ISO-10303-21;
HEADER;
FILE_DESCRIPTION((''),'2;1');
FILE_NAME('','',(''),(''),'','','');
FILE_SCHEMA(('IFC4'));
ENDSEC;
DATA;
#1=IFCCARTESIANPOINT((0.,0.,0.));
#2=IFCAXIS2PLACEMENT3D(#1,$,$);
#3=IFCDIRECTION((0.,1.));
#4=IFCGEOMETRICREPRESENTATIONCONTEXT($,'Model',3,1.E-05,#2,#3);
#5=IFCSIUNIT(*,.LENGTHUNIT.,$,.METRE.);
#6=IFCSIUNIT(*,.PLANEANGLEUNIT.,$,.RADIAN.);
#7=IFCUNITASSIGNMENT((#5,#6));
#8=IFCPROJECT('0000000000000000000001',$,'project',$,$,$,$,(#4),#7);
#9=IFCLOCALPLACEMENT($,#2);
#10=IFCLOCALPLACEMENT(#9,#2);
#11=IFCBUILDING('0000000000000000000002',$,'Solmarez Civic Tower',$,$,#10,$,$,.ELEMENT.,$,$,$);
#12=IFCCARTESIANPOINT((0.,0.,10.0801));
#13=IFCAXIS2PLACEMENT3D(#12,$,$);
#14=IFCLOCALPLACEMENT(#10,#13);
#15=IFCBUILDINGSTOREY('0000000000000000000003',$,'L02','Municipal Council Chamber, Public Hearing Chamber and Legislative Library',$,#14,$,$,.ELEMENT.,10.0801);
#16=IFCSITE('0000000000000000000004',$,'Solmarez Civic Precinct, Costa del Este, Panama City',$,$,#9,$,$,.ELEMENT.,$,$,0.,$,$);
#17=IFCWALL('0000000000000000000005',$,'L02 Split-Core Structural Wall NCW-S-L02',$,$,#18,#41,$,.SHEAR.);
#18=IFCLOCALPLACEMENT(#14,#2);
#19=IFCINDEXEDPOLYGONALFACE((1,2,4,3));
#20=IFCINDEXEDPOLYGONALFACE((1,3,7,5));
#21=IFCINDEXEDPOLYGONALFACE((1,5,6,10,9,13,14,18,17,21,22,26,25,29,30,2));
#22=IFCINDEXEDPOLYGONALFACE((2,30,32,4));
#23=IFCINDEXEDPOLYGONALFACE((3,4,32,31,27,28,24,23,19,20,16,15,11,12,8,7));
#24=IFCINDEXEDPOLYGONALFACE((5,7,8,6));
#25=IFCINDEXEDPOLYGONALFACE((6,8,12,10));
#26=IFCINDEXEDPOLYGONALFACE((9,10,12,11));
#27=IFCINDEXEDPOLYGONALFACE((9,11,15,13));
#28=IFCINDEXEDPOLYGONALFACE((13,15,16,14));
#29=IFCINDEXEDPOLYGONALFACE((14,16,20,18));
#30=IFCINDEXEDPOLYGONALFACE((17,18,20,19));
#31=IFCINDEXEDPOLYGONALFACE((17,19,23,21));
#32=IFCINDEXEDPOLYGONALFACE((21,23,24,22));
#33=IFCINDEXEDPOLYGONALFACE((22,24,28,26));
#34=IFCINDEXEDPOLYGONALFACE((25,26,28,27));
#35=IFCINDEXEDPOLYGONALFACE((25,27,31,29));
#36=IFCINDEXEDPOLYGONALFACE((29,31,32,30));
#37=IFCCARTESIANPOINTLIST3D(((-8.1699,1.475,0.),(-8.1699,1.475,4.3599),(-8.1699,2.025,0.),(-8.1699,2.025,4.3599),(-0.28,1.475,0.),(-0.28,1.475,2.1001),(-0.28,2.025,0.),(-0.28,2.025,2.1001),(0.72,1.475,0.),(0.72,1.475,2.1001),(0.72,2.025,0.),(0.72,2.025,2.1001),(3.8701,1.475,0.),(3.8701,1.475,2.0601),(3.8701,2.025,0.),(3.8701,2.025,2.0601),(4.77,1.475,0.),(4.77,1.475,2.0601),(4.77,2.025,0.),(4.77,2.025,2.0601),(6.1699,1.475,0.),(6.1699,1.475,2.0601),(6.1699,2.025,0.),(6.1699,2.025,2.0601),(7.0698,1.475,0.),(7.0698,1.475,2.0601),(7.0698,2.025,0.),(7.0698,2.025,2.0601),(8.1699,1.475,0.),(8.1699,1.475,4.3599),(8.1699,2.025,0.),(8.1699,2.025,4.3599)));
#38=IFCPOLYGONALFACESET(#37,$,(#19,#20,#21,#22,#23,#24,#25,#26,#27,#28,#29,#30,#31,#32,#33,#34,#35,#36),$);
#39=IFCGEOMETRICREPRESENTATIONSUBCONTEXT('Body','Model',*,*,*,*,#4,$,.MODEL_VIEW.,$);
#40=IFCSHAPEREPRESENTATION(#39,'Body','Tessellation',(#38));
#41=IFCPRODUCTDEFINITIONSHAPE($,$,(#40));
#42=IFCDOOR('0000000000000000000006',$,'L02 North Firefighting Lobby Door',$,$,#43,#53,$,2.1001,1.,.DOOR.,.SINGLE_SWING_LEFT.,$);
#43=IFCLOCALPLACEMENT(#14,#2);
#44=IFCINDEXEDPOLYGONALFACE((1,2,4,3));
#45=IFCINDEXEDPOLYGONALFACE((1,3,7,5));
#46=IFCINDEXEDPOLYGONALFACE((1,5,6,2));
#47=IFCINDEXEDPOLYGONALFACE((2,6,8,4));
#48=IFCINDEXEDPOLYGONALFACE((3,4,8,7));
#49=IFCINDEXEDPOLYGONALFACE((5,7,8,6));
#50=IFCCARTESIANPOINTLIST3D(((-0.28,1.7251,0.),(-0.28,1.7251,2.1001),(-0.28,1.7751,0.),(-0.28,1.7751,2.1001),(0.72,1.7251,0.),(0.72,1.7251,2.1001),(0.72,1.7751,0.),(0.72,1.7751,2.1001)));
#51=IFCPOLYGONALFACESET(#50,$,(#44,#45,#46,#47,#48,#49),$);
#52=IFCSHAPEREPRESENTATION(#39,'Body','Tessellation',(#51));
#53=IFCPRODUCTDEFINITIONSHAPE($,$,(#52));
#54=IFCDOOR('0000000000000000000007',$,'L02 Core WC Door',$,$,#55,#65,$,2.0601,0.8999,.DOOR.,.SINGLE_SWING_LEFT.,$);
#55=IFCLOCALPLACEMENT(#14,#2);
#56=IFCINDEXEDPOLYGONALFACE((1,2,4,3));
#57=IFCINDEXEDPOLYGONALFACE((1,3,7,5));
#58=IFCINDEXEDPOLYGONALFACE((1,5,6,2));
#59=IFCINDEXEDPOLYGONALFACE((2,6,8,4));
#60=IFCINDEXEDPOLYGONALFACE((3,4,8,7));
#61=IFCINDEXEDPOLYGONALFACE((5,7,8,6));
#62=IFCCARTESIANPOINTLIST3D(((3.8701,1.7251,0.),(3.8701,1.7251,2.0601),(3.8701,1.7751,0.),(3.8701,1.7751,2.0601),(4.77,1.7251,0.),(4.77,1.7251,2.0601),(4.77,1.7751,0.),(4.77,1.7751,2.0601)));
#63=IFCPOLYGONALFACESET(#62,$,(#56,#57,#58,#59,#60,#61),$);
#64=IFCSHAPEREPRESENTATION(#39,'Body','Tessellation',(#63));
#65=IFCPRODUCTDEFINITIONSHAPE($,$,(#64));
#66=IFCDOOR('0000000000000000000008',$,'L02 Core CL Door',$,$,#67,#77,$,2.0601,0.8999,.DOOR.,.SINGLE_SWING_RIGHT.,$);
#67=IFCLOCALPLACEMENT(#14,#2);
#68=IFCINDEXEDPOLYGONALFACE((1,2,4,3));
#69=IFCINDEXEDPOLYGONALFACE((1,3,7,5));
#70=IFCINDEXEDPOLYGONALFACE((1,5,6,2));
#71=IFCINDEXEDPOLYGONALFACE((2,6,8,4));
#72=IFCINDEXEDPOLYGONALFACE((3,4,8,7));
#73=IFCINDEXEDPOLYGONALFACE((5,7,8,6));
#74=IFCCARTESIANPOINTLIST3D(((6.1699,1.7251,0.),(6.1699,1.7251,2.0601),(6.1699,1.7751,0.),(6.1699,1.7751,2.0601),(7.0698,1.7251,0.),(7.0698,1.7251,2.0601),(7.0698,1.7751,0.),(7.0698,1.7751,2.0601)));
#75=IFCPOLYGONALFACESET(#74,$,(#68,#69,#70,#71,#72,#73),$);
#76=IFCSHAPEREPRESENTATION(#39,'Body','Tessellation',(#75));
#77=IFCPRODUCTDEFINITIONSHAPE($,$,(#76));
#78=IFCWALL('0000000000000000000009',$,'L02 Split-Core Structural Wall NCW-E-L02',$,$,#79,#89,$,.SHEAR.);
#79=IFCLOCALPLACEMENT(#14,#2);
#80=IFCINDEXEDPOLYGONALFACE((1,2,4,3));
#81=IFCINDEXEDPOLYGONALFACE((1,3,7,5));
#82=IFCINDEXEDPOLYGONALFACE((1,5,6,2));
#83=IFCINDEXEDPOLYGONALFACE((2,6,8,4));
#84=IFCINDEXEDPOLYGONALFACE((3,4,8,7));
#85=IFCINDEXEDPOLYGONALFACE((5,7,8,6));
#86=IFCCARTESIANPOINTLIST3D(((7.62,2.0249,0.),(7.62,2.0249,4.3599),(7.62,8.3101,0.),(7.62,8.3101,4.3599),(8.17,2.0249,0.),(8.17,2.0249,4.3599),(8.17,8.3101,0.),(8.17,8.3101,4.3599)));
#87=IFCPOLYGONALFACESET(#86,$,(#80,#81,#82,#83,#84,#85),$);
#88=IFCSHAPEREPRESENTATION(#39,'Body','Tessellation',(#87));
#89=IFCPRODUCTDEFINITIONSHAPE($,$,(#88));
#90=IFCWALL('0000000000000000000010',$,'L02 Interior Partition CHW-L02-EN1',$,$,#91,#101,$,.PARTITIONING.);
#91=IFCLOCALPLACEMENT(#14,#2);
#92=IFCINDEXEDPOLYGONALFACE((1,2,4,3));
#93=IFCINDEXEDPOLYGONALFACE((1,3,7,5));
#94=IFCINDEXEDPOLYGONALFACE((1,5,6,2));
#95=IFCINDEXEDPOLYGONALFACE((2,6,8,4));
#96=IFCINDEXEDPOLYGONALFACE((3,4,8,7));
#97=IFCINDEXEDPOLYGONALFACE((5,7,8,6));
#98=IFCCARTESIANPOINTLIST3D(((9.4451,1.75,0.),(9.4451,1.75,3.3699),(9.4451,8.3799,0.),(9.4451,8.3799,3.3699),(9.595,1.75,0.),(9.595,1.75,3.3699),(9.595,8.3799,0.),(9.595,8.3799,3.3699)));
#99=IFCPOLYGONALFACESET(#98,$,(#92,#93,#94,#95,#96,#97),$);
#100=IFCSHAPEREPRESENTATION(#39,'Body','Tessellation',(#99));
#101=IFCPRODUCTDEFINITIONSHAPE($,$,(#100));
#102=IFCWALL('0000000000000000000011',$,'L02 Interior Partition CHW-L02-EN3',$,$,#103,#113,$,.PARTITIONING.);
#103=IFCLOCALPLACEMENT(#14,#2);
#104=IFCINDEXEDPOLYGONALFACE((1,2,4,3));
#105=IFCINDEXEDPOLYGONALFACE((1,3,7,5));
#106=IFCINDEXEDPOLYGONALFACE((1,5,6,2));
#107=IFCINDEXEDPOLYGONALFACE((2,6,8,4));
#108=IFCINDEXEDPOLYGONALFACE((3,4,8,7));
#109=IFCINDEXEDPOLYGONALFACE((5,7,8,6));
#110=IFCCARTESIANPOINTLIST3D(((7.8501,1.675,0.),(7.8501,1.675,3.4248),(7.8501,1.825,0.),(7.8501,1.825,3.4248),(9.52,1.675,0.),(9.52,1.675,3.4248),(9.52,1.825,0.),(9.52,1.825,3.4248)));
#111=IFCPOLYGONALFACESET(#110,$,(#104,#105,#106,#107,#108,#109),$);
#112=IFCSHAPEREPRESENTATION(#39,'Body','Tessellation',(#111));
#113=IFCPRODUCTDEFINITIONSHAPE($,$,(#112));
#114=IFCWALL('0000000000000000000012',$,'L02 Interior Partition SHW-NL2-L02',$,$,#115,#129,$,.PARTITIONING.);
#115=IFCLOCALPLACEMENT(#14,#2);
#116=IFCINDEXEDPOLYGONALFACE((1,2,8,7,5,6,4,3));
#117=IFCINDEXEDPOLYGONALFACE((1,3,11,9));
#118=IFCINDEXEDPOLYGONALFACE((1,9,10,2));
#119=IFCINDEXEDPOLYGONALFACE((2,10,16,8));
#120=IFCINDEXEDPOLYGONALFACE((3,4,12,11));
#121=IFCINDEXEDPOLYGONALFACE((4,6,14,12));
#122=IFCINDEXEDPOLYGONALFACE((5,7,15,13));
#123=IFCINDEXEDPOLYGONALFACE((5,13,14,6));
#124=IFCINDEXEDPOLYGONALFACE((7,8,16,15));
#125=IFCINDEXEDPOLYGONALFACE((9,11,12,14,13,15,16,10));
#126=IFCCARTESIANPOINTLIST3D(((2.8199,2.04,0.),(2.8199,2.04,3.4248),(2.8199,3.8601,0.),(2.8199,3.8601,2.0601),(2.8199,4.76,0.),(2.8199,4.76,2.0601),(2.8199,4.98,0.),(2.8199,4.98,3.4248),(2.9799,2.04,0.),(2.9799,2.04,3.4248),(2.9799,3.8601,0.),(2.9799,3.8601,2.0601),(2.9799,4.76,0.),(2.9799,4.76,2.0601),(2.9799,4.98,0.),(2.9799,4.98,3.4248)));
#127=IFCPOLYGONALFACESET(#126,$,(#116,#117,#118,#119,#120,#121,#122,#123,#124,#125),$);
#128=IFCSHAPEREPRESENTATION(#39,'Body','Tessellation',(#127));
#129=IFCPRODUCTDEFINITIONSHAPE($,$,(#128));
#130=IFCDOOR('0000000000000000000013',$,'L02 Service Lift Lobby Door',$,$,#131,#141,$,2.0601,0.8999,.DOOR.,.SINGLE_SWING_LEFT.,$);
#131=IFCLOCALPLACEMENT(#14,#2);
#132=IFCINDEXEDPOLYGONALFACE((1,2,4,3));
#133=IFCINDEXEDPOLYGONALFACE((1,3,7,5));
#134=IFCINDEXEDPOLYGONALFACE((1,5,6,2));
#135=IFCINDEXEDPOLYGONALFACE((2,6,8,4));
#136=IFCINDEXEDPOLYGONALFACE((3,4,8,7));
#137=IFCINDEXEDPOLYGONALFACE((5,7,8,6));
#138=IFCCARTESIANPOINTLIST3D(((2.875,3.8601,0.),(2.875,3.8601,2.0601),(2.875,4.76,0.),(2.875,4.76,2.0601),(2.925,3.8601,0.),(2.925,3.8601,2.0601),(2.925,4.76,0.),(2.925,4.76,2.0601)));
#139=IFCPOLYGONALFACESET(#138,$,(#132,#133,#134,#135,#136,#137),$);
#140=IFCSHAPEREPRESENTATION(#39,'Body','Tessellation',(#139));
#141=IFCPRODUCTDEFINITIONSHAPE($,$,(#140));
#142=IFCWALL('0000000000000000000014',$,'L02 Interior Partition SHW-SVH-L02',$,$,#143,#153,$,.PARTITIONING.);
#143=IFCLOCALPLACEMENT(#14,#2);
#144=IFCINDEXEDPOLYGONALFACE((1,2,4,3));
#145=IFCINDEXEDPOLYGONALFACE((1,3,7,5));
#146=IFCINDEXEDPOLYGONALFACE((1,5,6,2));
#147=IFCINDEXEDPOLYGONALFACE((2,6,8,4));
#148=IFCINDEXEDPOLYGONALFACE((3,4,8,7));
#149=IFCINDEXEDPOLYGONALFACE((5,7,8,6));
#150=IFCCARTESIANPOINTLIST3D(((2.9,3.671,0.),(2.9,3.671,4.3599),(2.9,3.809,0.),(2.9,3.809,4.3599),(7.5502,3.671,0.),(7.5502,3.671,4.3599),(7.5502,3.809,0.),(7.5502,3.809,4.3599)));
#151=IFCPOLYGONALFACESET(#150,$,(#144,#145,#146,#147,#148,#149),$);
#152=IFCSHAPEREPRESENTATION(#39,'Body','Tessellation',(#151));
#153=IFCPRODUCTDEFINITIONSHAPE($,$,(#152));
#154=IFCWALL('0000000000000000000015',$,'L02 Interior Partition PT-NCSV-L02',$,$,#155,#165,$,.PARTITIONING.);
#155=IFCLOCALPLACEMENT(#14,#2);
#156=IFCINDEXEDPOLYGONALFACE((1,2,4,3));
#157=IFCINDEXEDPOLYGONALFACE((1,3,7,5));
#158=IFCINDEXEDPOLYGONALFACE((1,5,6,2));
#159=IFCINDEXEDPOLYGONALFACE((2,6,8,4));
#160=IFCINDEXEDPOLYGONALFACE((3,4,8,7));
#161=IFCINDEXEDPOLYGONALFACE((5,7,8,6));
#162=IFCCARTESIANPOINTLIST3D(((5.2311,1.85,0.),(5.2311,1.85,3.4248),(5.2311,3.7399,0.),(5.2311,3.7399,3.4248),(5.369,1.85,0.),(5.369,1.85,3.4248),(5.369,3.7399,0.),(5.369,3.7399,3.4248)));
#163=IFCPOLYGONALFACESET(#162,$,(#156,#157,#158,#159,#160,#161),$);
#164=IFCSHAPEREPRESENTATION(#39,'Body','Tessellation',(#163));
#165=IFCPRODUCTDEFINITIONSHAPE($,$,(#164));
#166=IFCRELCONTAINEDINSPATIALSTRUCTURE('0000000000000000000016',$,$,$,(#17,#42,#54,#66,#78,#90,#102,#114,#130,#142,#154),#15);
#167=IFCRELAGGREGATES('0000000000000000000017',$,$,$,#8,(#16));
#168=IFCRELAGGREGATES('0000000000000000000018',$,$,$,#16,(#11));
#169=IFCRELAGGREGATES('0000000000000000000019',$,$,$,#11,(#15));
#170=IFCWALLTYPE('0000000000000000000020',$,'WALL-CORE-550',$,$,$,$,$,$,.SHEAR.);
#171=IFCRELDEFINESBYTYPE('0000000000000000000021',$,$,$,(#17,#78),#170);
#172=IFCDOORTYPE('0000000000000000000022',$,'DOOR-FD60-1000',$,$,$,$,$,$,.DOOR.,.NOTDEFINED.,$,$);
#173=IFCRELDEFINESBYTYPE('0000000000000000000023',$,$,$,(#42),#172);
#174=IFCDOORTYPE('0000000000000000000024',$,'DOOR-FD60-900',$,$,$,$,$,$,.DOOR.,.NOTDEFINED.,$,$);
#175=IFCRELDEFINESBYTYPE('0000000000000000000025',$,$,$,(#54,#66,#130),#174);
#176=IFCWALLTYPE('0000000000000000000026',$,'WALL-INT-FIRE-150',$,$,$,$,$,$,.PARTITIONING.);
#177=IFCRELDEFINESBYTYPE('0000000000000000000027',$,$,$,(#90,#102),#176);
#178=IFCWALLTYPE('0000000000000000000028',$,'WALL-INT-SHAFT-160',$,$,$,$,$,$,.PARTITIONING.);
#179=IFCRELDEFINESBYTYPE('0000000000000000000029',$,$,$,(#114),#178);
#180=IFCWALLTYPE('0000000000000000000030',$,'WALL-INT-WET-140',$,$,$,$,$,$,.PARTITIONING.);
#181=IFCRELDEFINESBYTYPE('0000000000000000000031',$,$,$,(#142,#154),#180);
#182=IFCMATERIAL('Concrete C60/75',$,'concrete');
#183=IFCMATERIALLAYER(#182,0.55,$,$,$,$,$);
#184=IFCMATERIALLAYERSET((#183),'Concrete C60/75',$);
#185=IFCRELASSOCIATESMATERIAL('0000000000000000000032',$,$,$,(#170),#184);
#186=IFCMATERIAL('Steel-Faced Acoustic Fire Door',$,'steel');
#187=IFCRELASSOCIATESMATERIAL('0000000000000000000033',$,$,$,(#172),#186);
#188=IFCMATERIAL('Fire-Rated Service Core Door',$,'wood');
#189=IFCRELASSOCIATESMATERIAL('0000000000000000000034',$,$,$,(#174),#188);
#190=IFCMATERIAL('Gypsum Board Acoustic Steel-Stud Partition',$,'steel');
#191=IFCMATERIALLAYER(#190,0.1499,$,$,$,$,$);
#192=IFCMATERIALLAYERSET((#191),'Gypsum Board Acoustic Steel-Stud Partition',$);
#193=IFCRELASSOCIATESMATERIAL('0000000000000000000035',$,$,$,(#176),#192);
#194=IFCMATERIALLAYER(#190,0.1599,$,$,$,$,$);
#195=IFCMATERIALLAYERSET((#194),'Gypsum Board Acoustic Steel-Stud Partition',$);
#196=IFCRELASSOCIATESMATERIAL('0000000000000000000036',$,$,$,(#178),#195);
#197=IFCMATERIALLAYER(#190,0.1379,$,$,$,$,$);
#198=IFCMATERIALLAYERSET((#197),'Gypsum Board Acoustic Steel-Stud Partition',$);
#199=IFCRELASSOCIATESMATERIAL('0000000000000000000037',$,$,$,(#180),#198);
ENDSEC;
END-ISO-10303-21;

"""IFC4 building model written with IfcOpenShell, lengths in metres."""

from ifc_helpers import new_model, si_unit, direction, frame, frame_2d, origin, place, context, subcontext, project, spatial, rectangle, extrude, material, layer, layer_set, type_object, element, fill, save


model = new_model("IFC4")

# Units and contexts
model_context = context("Model", 3, precision=1e-05, world=origin(), true_north=direction((0.0, 1.0)))
body_context = subcontext(model_context, "Body", "Model", "MODEL_VIEW")
ifc_project = project(units=[si_unit("LENGTHUNIT", "METRE"), si_unit("PLANEANGLEUNIT", "RADIAN")], contexts=[model_context])

# Site, building, storey
site_placement = place(None, origin())
site = spatial("IfcSite", under=ifc_project, at=site_placement, Name="Solmarez Civic Precinct, Costa del Este, Panama City", CompositionType="ELEMENT", RefElevation=0.0)
building_placement = place(site_placement, origin())
building = spatial("IfcBuilding", under=site, at=building_placement, Name="Solmarez Civic Tower", CompositionType="ELEMENT")
storey_placement = place(building_placement, frame((0.0, 0.0, 10.0801)))
storey = spatial("IfcBuildingStorey", under=building, at=storey_placement, Name="L02", Description="Municipal Council Chamber, Public Hearing Chamber and Legislative Library", CompositionType="ELEMENT", Elevation=10.0801)

# Shared definitions
ifc_material_1 = material(Name="Concrete C60/75", Category="concrete")

# Wall, openings, doors
ifc_layer_1 = layer(ifc_material_1, 0.55)
ifc_layer_set_1 = layer_set([ifc_layer_1], Name="Concrete C60/75")
wall_type_1 = type_object("IfcWallType", Name="WALL-CORE-550", PredefinedType="SHEAR", material=ifc_layer_set_1)
wall_1_placement = place(storey_placement, frame((8.1699, 1.75, 0.0), z_axis=(0.0, 0.0, 1.0), x_axis=(-1.0, 0.0, 0.0)))
wall_1 = element("IfcWall", 1, at=wall_1_placement, inside=storey, type_object=wall_type_1, Name="L02 Split-Core Structural Wall NCW-S-L02", PredefinedType="SHEAR", context=body_context, shape_type="SweptSolid", body=[
    extrude(rectangle(XDim=16.3398, YDim=0.55, at=frame_2d((8.1699, 0.0))), origin(), (0.0, 0.0, 1.0), 4.3599),
])
opening_1_placement = place(wall_1_placement, frame((7.45, 0.0, 0.0)))
opening_1 = element("IfcOpeningElement", 2, at=opening_1_placement, cuts=wall_1, PredefinedType="OPENING", context=body_context, shape_type="SweptSolid", body=[
    extrude(rectangle(XDim=1.0, YDim=2.1001, at=frame_2d((0.5, 1.05))), frame((0.0, 0.2849, 0.0), z_axis=(0.0, -1.0, 0.0), x_axis=(1.0, 0.0, 0.0)), (0.0, 0.0, 1.0), 0.5701),
])
opening_2_placement = place(wall_1_placement, frame((3.3999, 0.0, 0.0)))
opening_2 = element("IfcOpeningElement", 3, at=opening_2_placement, cuts=wall_1, PredefinedType="OPENING", context=body_context, shape_type="SweptSolid", body=[
    extrude(rectangle(XDim=0.8999, YDim=2.0601, at=frame_2d((0.45, 1.03))), frame((0.0, 0.2849, 0.0), z_axis=(0.0, -1.0, 0.0), x_axis=(1.0, 0.0, 0.0)), (0.0, 0.0, 1.0), 0.5701),
])
opening_3_placement = place(wall_1_placement, frame((1.1001, 0.0, 0.0)))
opening_3 = element("IfcOpeningElement", 4, at=opening_3_placement, cuts=wall_1, PredefinedType="OPENING", context=body_context, shape_type="SweptSolid", body=[
    extrude(rectangle(XDim=0.8999, YDim=2.0601, at=frame_2d((0.45, 1.03))), frame((0.0, 0.2849, 0.0), z_axis=(0.0, -1.0, 0.0), x_axis=(1.0, 0.0, 0.0)), (0.0, 0.0, 1.0), 0.5701),
])
ifc_material_2 = material(Name="Steel-Faced Acoustic Fire Door", Category="steel")
door_type_1 = type_object("IfcDoorType", Name="DOOR-FD60-1000", OperationType="NOTDEFINED", PredefinedType="DOOR", material=ifc_material_2)
door_1_placement = place(opening_1_placement, origin())
door_1 = element("IfcDoor", 5, at=door_1_placement, inside=storey, type_object=door_type_1, Name="L02 North Firefighting Lobby Door", OperationType="SINGLE_SWING_LEFT", OverallHeight=2.1001, OverallWidth=1.0, PredefinedType="DOOR", context=body_context, shape_type="SweptSolid", body=[
    extrude(rectangle(XDim=1.0, YDim=2.1001, at=frame_2d((0.5, 1.05))), frame((0.0, 0.0249, 0.0), z_axis=(0.0, -1.0, 0.0), x_axis=(1.0, 0.0, 0.0)), (0.0, 0.0, 1.0), 0.05),
])
fill(opening_1, door_1)
ifc_material_3 = material(Name="Fire-Rated Service Core Door", Category="wood")
door_type_2 = type_object("IfcDoorType", Name="DOOR-FD60-900", OperationType="NOTDEFINED", PredefinedType="DOOR", material=ifc_material_3)
door_2_placement = place(opening_2_placement, origin())
door_2 = element("IfcDoor", 6, at=door_2_placement, inside=storey, type_object=door_type_2, Name="L02 Core WC Door", OperationType="SINGLE_SWING_LEFT", OverallHeight=2.0601, OverallWidth=0.8999, PredefinedType="DOOR", context=body_context, shape_type="SweptSolid", body=[
    extrude(rectangle(XDim=0.8999, YDim=2.0601, at=frame_2d((0.45, 1.03))), frame((0.0, 0.0249, 0.0), z_axis=(0.0, -1.0, 0.0), x_axis=(1.0, 0.0, 0.0)), (0.0, 0.0, 1.0), 0.05),
])
fill(opening_2, door_2)
door_3_placement = place(opening_3_placement, origin())
door_3 = element("IfcDoor", 7, at=door_3_placement, inside=storey, type_object=door_type_2, Name="L02 Core CL Door", OperationType="SINGLE_SWING_RIGHT", OverallHeight=2.0601, OverallWidth=0.8999, PredefinedType="DOOR", context=body_context, shape_type="SweptSolid", body=[
    extrude(rectangle(XDim=0.8999, YDim=2.0601, at=frame_2d((0.45, 1.03))), frame((0.0, 0.0249, 0.0), z_axis=(0.0, -1.0, 0.0), x_axis=(1.0, 0.0, 0.0)), (0.0, 0.0, 1.0), 0.05),
])
fill(opening_3, door_3)

# Walls
wall_2_placement = place(storey_placement, frame((7.895, 8.3101, 0.0), z_axis=(0.0, 0.0, 1.0), x_axis=(0.0, -1.0, 0.0)))
element("IfcWall", 8, at=wall_2_placement, inside=storey, type_object=wall_type_1, Name="L02 Split-Core Structural Wall NCW-E-L02", PredefinedType="SHEAR", context=body_context, shape_type="SweptSolid", body=[
    extrude(rectangle(XDim=6.2852, YDim=0.55, at=frame_2d((3.1426, 0.0))), origin(), (0.0, 0.0, 1.0), 4.3599),
])
ifc_material_4 = material(Name="Gypsum Board Acoustic Steel-Stud Partition", Category="steel")
ifc_layer_2 = layer(ifc_material_4, 0.1499)
ifc_layer_set_2 = layer_set([ifc_layer_2], Name="Gypsum Board Acoustic Steel-Stud Partition")
wall_type_2 = type_object("IfcWallType", Name="WALL-INT-FIRE-150", PredefinedType="PARTITIONING", material=ifc_layer_set_2)
wall_3_placement = place(storey_placement, frame((9.52, 1.75, 0.0), z_axis=(0.0, 0.0, 1.0), x_axis=(0.0, 1.0, 0.0)))
element("IfcWall", 9, at=wall_3_placement, inside=storey, type_object=wall_type_2, Name="L02 Interior Partition CHW-L02-EN1", PredefinedType="PARTITIONING", context=body_context, shape_type="SweptSolid", body=[
    extrude(rectangle(XDim=6.6299, YDim=0.1499, at=frame_2d((3.3149, 0.0))), origin(), (0.0, 0.0, 1.0), 3.3699),
])
wall_4_placement = place(storey_placement, frame((7.8501, 1.75, 0.0), z_axis=(0.0, 0.0, 1.0), x_axis=(1.0, 0.0, 0.0)))
element("IfcWall", 10, at=wall_4_placement, inside=storey, type_object=wall_type_2, Name="L02 Interior Partition CHW-L02-EN3", PredefinedType="PARTITIONING", context=body_context, shape_type="SweptSolid", body=[
    extrude(rectangle(XDim=1.6699, YDim=0.1499, at=frame_2d((0.835, 0.0))), origin(), (0.0, 0.0, 1.0), 3.4248),
])

# Wall, opening, door
ifc_layer_3 = layer(ifc_material_4, 0.1599)
ifc_layer_set_3 = layer_set([ifc_layer_3], Name="Gypsum Board Acoustic Steel-Stud Partition")
wall_type_3 = type_object("IfcWallType", Name="WALL-INT-SHAFT-160", PredefinedType="PARTITIONING", material=ifc_layer_set_3)
wall_5_placement = place(storey_placement, frame((2.8999, 2.04, 0.0), z_axis=(0.0, 0.0, 1.0), x_axis=(0.0, 1.0, 0.0)))
wall_5 = element("IfcWall", 11, at=wall_5_placement, inside=storey, type_object=wall_type_3, Name="L02 Interior Partition SHW-NL2-L02", PredefinedType="PARTITIONING", context=body_context, shape_type="SweptSolid", body=[
    extrude(rectangle(XDim=2.9399, YDim=0.1599, at=frame_2d((1.47, 0.0))), origin(), (0.0, 0.0, 1.0), 3.4248),
])
opening_4_placement = place(wall_5_placement, frame((1.8201, 0.0, 0.0)))
opening_4 = element("IfcOpeningElement", 12, at=opening_4_placement, cuts=wall_5, PredefinedType="OPENING", context=body_context, shape_type="SweptSolid", body=[
    extrude(rectangle(XDim=0.8999, YDim=2.0601, at=frame_2d((0.45, 1.03))), frame((0.0, 0.0898, 0.0), z_axis=(0.0, -1.0, 0.0), x_axis=(1.0, 0.0, 0.0)), (0.0, 0.0, 1.0), 0.1799),
])
door_4_placement = place(opening_4_placement, origin())
door_4 = element("IfcDoor", 13, at=door_4_placement, inside=storey, type_object=door_type_2, Name="L02 Service Lift Lobby Door", OperationType="SINGLE_SWING_LEFT", OverallHeight=2.0601, OverallWidth=0.8999, PredefinedType="DOOR", context=body_context, shape_type="SweptSolid", body=[
    extrude(rectangle(XDim=0.8999, YDim=2.0601, at=frame_2d((0.45, 1.03))), frame((0.0, 0.0249, 0.0), z_axis=(0.0, -1.0, 0.0), x_axis=(1.0, 0.0, 0.0)), (0.0, 0.0, 1.0), 0.05),
])
fill(opening_4, door_4)

# Walls
ifc_layer_4 = layer(ifc_material_4, 0.1379)
ifc_layer_set_4 = layer_set([ifc_layer_4], Name="Gypsum Board Acoustic Steel-Stud Partition")
wall_type_4 = type_object("IfcWallType", Name="WALL-INT-WET-140", PredefinedType="PARTITIONING", material=ifc_layer_set_4)
wall_6_placement = place(storey_placement, frame((2.8999, 3.74, 0.0), z_axis=(0.0, 0.0, 1.0), x_axis=(1.0, 0.0, 0.0)))
element("IfcWall", 14, at=wall_6_placement, inside=storey, type_object=wall_type_4, Name="L02 Interior Partition SHW-SVH-L02", PredefinedType="PARTITIONING", context=body_context, shape_type="SweptSolid", body=[
    extrude(rectangle(XDim=4.6501, YDim=0.1379, at=frame_2d((2.3252, 0.0))), origin(), (0.0, 0.0, 1.0), 4.3599),
])
wall_7_placement = place(storey_placement, frame((5.3, 1.8501, 0.0), z_axis=(0.0, 0.0, 1.0), x_axis=(0.0, 1.0, 0.0)))
element("IfcWall", 15, at=wall_7_placement, inside=storey, type_object=wall_type_4, Name="L02 Interior Partition PT-NCSV-L02", PredefinedType="PARTITIONING", context=body_context, shape_type="SweptSolid", body=[
    extrude(rectangle(XDim=1.8899, YDim=0.1379, at=frame_2d((0.9448, 0.0))), origin(), (0.0, 0.0, 1.0), 3.4248),
])

save(model, "model.ifc")
